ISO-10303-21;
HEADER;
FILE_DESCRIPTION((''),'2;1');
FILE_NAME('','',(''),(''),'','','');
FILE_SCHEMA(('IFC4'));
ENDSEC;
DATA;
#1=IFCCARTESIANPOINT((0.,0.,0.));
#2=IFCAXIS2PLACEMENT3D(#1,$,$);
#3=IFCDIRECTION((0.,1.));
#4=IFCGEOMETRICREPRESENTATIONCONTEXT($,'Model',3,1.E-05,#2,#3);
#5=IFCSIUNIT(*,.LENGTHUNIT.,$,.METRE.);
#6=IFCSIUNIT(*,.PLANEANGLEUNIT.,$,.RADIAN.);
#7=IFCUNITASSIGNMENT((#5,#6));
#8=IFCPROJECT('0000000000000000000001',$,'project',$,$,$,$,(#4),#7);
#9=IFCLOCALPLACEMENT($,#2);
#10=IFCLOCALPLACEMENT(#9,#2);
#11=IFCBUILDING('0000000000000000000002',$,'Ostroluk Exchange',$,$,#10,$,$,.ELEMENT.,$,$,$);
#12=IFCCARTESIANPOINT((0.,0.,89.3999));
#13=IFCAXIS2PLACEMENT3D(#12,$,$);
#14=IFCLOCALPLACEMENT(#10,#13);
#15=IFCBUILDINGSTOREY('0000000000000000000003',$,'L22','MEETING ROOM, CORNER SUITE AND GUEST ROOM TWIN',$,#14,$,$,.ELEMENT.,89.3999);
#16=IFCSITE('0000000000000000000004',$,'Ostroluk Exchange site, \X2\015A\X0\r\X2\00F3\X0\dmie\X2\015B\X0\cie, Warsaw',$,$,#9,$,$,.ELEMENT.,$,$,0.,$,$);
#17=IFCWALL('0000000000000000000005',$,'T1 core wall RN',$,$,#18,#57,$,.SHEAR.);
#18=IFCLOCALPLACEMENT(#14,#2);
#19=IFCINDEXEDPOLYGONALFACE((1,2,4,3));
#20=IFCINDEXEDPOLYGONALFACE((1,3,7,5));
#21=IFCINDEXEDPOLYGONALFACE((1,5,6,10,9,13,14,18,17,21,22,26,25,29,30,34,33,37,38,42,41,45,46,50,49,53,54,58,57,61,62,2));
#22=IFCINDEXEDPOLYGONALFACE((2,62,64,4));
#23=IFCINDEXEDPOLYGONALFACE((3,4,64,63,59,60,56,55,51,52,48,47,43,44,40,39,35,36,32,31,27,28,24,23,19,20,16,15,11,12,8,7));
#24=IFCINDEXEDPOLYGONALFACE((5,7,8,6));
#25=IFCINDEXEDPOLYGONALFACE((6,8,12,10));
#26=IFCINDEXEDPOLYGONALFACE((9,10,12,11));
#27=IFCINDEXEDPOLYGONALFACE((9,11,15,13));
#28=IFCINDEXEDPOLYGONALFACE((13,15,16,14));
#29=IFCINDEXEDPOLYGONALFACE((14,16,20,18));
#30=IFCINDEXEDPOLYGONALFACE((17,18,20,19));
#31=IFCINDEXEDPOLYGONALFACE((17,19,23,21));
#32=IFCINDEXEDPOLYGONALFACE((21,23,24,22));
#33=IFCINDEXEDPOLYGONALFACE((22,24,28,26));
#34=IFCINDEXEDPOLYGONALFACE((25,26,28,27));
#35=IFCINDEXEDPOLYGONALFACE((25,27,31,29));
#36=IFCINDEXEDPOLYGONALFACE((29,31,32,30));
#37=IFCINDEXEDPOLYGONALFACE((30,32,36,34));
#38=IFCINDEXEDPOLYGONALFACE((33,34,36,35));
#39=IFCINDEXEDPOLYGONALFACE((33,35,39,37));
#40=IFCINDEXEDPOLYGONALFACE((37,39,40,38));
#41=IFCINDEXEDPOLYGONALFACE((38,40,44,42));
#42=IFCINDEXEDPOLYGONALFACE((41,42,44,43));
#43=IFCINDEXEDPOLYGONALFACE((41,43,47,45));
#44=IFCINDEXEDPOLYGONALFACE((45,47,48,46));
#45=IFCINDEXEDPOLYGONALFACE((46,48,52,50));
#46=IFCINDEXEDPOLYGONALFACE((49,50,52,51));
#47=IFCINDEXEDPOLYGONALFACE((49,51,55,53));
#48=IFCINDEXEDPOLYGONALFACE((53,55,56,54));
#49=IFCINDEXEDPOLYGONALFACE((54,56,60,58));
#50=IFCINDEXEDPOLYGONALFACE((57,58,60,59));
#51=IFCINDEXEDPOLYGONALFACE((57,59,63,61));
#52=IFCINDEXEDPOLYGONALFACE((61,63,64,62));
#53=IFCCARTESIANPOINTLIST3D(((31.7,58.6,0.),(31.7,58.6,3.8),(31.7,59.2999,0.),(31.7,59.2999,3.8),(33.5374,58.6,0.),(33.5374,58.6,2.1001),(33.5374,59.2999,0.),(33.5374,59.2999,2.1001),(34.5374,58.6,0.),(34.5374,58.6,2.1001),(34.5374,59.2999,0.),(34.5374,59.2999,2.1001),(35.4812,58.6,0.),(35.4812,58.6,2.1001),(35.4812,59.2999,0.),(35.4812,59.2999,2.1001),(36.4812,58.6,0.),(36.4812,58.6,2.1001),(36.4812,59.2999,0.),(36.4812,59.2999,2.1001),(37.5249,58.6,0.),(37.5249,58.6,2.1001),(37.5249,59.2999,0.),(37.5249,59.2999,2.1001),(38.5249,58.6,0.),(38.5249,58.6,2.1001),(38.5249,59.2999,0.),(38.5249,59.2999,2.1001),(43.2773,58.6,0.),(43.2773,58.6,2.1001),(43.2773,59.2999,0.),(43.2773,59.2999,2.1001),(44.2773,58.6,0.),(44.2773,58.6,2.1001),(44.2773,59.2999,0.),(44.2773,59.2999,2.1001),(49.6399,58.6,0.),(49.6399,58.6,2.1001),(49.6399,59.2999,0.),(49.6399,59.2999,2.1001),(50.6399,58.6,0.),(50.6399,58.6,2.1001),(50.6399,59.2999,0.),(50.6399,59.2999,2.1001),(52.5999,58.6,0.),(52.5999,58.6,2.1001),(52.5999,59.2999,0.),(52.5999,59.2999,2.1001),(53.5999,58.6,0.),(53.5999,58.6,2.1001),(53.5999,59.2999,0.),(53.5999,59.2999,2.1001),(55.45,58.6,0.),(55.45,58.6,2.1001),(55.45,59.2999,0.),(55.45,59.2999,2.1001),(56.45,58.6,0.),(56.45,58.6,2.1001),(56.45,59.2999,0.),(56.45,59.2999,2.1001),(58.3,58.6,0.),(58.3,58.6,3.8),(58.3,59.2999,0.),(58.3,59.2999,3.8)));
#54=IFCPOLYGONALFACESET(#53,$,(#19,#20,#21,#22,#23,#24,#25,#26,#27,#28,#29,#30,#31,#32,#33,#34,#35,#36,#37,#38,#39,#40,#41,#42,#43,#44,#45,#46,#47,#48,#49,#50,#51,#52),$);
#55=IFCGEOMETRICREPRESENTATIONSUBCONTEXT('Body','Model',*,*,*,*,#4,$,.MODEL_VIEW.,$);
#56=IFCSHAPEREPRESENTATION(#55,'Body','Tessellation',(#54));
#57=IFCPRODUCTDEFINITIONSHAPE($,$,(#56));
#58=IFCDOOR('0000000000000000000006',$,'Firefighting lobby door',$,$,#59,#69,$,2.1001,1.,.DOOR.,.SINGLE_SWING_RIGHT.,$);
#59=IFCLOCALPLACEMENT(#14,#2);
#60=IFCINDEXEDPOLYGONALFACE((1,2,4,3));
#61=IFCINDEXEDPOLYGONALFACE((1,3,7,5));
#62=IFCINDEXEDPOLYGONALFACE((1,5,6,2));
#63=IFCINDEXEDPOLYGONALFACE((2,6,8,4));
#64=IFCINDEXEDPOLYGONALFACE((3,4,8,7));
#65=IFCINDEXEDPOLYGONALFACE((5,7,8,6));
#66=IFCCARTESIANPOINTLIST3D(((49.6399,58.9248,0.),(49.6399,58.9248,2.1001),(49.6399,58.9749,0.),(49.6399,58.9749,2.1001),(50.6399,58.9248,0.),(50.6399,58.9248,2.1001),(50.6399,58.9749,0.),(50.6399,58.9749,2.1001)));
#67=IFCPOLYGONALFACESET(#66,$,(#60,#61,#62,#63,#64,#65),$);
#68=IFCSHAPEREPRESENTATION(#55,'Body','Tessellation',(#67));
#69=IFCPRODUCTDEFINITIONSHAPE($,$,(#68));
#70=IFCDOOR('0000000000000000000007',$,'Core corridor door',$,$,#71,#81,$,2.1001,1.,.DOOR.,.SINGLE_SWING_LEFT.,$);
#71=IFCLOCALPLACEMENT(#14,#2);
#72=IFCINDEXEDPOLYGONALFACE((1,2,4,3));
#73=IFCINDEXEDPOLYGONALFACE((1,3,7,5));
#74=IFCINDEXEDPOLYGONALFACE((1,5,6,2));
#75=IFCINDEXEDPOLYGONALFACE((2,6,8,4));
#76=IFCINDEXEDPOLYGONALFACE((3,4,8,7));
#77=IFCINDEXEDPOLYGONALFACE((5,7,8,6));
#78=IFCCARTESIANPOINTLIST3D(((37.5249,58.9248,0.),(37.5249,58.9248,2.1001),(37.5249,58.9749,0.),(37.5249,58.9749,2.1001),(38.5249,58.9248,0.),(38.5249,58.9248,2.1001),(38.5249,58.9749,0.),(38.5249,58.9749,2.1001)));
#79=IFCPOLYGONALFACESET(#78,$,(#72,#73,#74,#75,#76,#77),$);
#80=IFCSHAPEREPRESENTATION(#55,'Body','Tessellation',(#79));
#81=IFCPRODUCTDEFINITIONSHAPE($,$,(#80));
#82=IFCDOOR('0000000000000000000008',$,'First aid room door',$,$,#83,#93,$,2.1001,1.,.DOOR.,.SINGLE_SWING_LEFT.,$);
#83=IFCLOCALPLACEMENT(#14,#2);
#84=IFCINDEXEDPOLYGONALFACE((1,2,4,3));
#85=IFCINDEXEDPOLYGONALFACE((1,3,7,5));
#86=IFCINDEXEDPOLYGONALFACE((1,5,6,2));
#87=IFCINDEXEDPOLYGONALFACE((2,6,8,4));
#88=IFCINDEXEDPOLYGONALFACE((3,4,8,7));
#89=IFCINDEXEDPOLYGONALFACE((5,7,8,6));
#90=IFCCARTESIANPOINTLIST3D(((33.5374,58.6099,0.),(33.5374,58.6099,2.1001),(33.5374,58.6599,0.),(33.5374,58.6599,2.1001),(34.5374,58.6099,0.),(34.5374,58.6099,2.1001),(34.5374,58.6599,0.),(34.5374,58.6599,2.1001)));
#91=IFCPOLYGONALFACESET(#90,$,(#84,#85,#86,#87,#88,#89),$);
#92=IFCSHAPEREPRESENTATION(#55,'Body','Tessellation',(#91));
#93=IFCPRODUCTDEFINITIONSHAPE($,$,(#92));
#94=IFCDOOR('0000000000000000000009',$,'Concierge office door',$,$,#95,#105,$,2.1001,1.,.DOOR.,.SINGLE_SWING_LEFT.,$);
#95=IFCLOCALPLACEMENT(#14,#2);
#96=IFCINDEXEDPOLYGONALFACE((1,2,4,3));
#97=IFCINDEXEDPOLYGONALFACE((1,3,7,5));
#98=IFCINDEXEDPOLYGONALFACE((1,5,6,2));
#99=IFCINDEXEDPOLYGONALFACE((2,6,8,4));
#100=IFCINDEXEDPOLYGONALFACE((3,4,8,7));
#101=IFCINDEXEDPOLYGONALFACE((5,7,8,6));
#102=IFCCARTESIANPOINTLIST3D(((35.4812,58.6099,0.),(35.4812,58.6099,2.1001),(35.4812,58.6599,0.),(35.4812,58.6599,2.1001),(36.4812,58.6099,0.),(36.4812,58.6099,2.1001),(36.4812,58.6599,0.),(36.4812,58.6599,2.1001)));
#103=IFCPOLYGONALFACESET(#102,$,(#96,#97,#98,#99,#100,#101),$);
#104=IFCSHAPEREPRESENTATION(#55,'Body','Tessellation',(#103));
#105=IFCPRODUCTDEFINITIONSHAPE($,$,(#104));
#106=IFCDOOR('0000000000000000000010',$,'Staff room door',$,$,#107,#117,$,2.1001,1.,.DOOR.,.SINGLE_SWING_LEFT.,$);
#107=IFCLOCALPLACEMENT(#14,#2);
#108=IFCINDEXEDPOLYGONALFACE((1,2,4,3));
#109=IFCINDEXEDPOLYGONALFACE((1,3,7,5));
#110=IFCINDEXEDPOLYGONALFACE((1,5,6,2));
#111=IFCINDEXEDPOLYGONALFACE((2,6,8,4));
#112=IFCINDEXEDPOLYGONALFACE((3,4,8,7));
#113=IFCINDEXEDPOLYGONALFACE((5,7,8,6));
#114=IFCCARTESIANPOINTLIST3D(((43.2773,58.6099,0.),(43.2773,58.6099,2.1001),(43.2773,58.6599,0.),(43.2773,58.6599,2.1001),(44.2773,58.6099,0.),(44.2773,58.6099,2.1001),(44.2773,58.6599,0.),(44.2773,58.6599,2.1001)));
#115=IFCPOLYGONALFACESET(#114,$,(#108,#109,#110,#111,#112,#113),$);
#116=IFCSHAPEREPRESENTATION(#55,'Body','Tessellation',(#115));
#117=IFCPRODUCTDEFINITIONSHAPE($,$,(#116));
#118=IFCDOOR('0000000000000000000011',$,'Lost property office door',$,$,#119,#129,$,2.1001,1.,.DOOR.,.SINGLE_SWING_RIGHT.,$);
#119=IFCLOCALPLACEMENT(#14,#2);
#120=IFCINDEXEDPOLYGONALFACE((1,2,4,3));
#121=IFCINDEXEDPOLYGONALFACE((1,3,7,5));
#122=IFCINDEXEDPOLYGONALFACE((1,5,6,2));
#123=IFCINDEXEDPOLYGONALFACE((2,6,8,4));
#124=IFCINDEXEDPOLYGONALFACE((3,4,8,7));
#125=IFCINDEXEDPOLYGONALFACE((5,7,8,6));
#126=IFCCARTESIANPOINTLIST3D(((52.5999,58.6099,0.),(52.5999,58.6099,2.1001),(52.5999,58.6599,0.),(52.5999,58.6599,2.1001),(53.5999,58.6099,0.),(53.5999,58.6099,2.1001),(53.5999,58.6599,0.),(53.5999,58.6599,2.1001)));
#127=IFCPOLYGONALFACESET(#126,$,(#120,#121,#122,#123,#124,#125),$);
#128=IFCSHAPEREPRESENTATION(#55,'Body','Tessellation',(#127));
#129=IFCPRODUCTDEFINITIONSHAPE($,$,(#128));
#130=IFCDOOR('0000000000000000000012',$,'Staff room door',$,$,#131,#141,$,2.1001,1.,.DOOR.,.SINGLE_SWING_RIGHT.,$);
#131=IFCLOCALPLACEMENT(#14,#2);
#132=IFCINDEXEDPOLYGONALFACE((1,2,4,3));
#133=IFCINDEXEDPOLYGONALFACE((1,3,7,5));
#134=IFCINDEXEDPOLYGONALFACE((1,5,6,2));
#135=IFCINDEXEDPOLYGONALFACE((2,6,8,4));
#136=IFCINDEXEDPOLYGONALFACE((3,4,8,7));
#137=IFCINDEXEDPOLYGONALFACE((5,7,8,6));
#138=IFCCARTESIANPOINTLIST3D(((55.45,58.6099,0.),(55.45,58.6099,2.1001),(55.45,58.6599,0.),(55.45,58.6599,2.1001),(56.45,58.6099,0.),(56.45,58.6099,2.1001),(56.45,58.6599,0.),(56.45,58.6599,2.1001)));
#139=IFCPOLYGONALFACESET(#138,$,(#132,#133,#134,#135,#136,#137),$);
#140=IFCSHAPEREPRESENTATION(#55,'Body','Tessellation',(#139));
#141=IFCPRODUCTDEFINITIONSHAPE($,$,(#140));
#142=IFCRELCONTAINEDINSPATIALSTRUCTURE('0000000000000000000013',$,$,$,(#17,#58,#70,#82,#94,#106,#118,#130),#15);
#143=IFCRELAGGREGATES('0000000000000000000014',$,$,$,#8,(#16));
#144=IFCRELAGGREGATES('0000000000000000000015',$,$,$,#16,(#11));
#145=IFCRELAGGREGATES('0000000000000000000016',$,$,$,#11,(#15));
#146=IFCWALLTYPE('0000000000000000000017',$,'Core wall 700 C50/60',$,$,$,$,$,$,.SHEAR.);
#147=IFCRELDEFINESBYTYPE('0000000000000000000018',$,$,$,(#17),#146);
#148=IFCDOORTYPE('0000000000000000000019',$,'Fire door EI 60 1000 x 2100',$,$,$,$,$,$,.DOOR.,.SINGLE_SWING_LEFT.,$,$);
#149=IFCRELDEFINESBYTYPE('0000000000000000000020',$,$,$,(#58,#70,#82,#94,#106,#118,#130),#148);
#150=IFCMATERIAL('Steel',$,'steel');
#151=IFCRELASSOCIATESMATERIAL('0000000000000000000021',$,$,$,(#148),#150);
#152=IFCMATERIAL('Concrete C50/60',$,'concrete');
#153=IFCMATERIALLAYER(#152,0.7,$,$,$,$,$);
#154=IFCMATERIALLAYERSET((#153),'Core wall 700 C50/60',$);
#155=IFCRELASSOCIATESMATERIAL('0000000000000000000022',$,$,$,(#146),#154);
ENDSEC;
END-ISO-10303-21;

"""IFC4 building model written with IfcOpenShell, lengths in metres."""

from ifc_helpers import new_model, si_unit, direction, frame, frame_2d, origin, place, context, subcontext, project, spatial, rectangle, extrude, material, layer, layer_set, type_object, element, fill, save


model = new_model("IFC4")

# Units and contexts
model_context = context("Model", 3, precision=1e-05, world=origin(), true_north=direction((0.0, 1.0)))
body_context = subcontext(model_context, "Body", "Model", "MODEL_VIEW")
ifc_project = project(units=[si_unit("LENGTHUNIT", "METRE"), si_unit("PLANEANGLEUNIT", "RADIAN")], contexts=[model_context])

# Site, building, storey
site_placement = place(None, origin())
site = spatial("IfcSite", under=ifc_project, at=site_placement, Name="Ostroluk Exchange site, Śródmieście, Warsaw", CompositionType="ELEMENT", RefElevation=0.0)
building_placement = place(site_placement, origin())
building = spatial("IfcBuilding", under=site, at=building_placement, Name="Ostroluk Exchange", CompositionType="ELEMENT")
storey_placement = place(building_placement, frame((0.0, 0.0, 89.3999)))
storey = spatial("IfcBuildingStorey", under=building, at=storey_placement, Name="L22", Description="MEETING ROOM, CORNER SUITE AND GUEST ROOM TWIN", CompositionType="ELEMENT", Elevation=89.3999)

# Wall, openings, doors
ifc_material_1 = material(Name="Steel", Category="steel")
door_type = type_object("IfcDoorType", Name="Fire door EI 60 1000 x 2100", OperationType="SINGLE_SWING_LEFT", PredefinedType="DOOR", material=ifc_material_1)
ifc_material_2 = material(Name="Concrete C50/60", Category="concrete")
ifc_layer_1 = layer(ifc_material_2, 0.7)
ifc_layer_set_1 = layer_set([ifc_layer_1], Name="Core wall 700 C50/60")
wall_type_1 = type_object("IfcWallType", Name="Core wall 700 C50/60", PredefinedType="SHEAR", material=ifc_layer_set_1)
wall_1_placement = place(storey_placement, frame((31.7, 58.95, 0.0), z_axis=(0.0, 0.0, 1.0), x_axis=(1.0, 0.0, 0.0)))
wall_1 = element("IfcWall", 1, at=wall_1_placement, inside=storey, type_object=wall_type_1, Name="T1 core wall RN", PredefinedType="SHEAR", context=body_context, shape_type="SweptSolid", body=[
    extrude(rectangle(XDim=26.6001, YDim=0.7, at=frame_2d((13.3, 0.0))), origin(), (0.0, 0.0, 1.0), 3.8),
])
opening_1_placement = place(wall_1_placement, frame((17.9399, 0.0, 0.0)))
opening_1 = element("IfcOpeningElement", 2, at=opening_1_placement, cuts=wall_1, PredefinedType="OPENING", context=body_context, shape_type="SweptSolid", body=[
    extrude(rectangle(XDim=1.0, YDim=2.1001, at=frame_2d((0.5, 1.05))), frame((0.0, 0.3599, 0.0), z_axis=(0.0, -1.0, 0.0), x_axis=(1.0, 0.0, 0.0)), (0.0, 0.0, 1.0), 0.72),
])
opening_2_placement = place(wall_1_placement, frame((5.825, 0.0, 0.0)))
opening_2 = element("IfcOpeningElement", 3, at=opening_2_placement, cuts=wall_1, PredefinedType="OPENING", context=body_context, shape_type="SweptSolid", body=[
    extrude(rectangle(XDim=1.0, YDim=2.1001, at=frame_2d((0.5, 1.05))), frame((0.0, 0.3599, 0.0), z_axis=(0.0, -1.0, 0.0), x_axis=(1.0, 0.0, 0.0)), (0.0, 0.0, 1.0), 0.72),
])
opening_3_placement = place(wall_1_placement, frame((1.8374, 0.0, 0.0)))
opening_3 = element("IfcOpeningElement", 4, at=opening_3_placement, cuts=wall_1, PredefinedType="OPENING", context=body_context, shape_type="SweptSolid", body=[
    extrude(rectangle(XDim=1.0, YDim=2.1001, at=frame_2d((0.5, 1.05))), frame((0.0, 0.3599, 0.0), z_axis=(0.0, -1.0, 0.0), x_axis=(1.0, 0.0, 0.0)), (0.0, 0.0, 1.0), 0.72),
])
opening_4_placement = place(wall_1_placement, frame((3.7812, 0.0, 0.0)))
opening_4 = element("IfcOpeningElement", 5, at=opening_4_placement, cuts=wall_1, PredefinedType="OPENING", context=body_context, shape_type="SweptSolid", body=[
    extrude(rectangle(XDim=1.0, YDim=2.1001, at=frame_2d((0.5, 1.05))), frame((0.0, 0.3599, 0.0), z_axis=(0.0, -1.0, 0.0), x_axis=(1.0, 0.0, 0.0)), (0.0, 0.0, 1.0), 0.72),
])
opening_5_placement = place(wall_1_placement, frame((11.5774, 0.0, 0.0)))
opening_5 = element("IfcOpeningElement", 6, at=opening_5_placement, cuts=wall_1, PredefinedType="OPENING", context=body_context, shape_type="SweptSolid", body=[
    extrude(rectangle(XDim=1.0, YDim=2.1001, at=frame_2d((0.5, 1.05))), frame((0.0, 0.3599, 0.0), z_axis=(0.0, -1.0, 0.0), x_axis=(1.0, 0.0, 0.0)), (0.0, 0.0, 1.0), 0.72),
])
opening_6_placement = place(wall_1_placement, frame((20.8999, 0.0, 0.0)))
opening_6 = element("IfcOpeningElement", 7, at=opening_6_placement, cuts=wall_1, PredefinedType="OPENING", context=body_context, shape_type="SweptSolid", body=[
    extrude(rectangle(XDim=1.0, YDim=2.1001, at=frame_2d((0.5, 1.05))), frame((0.0, 0.3599, 0.0), z_axis=(0.0, -1.0, 0.0), x_axis=(1.0, 0.0, 0.0)), (0.0, 0.0, 1.0), 0.72),
])
opening_7_placement = place(wall_1_placement, frame((23.75, 0.0, 0.0)))
opening_7 = element("IfcOpeningElement", 8, at=opening_7_placement, cuts=wall_1, PredefinedType="OPENING", context=body_context, shape_type="SweptSolid", body=[
    extrude(rectangle(XDim=1.0, YDim=2.1001, at=frame_2d((0.5, 1.05))), frame((0.0, 0.3599, 0.0), z_axis=(0.0, -1.0, 0.0), x_axis=(1.0, 0.0, 0.0)), (0.0, 0.0, 1.0), 0.72),
])
door_1_placement = place(opening_1_placement, origin())
door_1 = element("IfcDoor", 9, at=door_1_placement, inside=storey, type_object=door_type, Name="Firefighting lobby door", OperationType="SINGLE_SWING_RIGHT", OverallHeight=2.1001, OverallWidth=1.0, PredefinedType="DOOR", context=body_context, shape_type="SweptSolid", body=[
    extrude(rectangle(XDim=1.0, YDim=2.1001, at=frame_2d((0.5, 1.05))), frame((0.0, 0.0249, 0.0), z_axis=(0.0, -1.0, 0.0), x_axis=(1.0, 0.0, 0.0)), (0.0, 0.0, 1.0), 0.05),
])
fill(opening_1, door_1)
door_2_placement = place(opening_2_placement, origin())
door_2 = element("IfcDoor", 10, at=door_2_placement, inside=storey, type_object=door_type, Name="Core corridor door", OperationType="SINGLE_SWING_LEFT", OverallHeight=2.1001, OverallWidth=1.0, PredefinedType="DOOR", context=body_context, shape_type="SweptSolid", body=[
    extrude(rectangle(XDim=1.0, YDim=2.1001, at=frame_2d((0.5, 1.05))), frame((0.0, 0.0249, 0.0), z_axis=(0.0, -1.0, 0.0), x_axis=(1.0, 0.0, 0.0)), (0.0, 0.0, 1.0), 0.05),
])
fill(opening_2, door_2)
door_3_placement = place(opening_3_placement, origin())
door_3 = element("IfcDoor", 11, at=door_3_placement, inside=storey, type_object=door_type, Name="First aid room door", OperationType="SINGLE_SWING_LEFT", OverallHeight=2.1001, OverallWidth=1.0, PredefinedType="DOOR", context=body_context, shape_type="SweptSolid", body=[
    extrude(rectangle(XDim=1.0, YDim=2.1001, at=frame_2d((0.5, 1.05))), frame((0.0, -0.29, 0.0), z_axis=(0.0, -1.0, 0.0), x_axis=(1.0, 0.0, 0.0)), (0.0, 0.0, 1.0), 0.05),
])
fill(opening_3, door_3)
door_4_placement = place(opening_4_placement, origin())
door_4 = element("IfcDoor", 12, at=door_4_placement, inside=storey, type_object=door_type, Name="Concierge office door", OperationType="SINGLE_SWING_LEFT", OverallHeight=2.1001, OverallWidth=1.0, PredefinedType="DOOR", context=body_context, shape_type="SweptSolid", body=[
    extrude(rectangle(XDim=1.0, YDim=2.1001, at=frame_2d((0.5, 1.05))), frame((0.0, -0.29, 0.0), z_axis=(0.0, -1.0, 0.0), x_axis=(1.0, 0.0, 0.0)), (0.0, 0.0, 1.0), 0.05),
])
fill(opening_4, door_4)
door_5_placement = place(opening_5_placement, origin())
door_5 = element("IfcDoor", 13, at=door_5_placement, inside=storey, type_object=door_type, Name="Staff room door", OperationType="SINGLE_SWING_LEFT", OverallHeight=2.1001, OverallWidth=1.0, PredefinedType="DOOR", context=body_context, shape_type="SweptSolid", body=[
    extrude(rectangle(XDim=1.0, YDim=2.1001, at=frame_2d((0.5, 1.05))), frame((0.0, -0.29, 0.0), z_axis=(0.0, -1.0, 0.0), x_axis=(1.0, 0.0, 0.0)), (0.0, 0.0, 1.0), 0.05),
])
fill(opening_5, door_5)
door_6_placement = place(opening_6_placement, origin())
door_6 = element("IfcDoor", 14, at=door_6_placement, inside=storey, type_object=door_type, Name="Lost property office door", OperationType="SINGLE_SWING_RIGHT", OverallHeight=2.1001, OverallWidth=1.0, PredefinedType="DOOR", context=body_context, shape_type="SweptSolid", body=[
    extrude(rectangle(XDim=1.0, YDim=2.1001, at=frame_2d((0.5, 1.05))), frame((0.0, -0.29, 0.0), z_axis=(0.0, -1.0, 0.0), x_axis=(1.0, 0.0, 0.0)), (0.0, 0.0, 1.0), 0.05),
])
fill(opening_6, door_6)
door_7_placement = place(opening_7_placement, origin())
door_7 = element("IfcDoor", 15, at=door_7_placement, inside=storey, type_object=door_type, Name="Staff room door", OperationType="SINGLE_SWING_RIGHT", OverallHeight=2.1001, OverallWidth=1.0, PredefinedType="DOOR", context=body_context, shape_type="SweptSolid", body=[
    extrude(rectangle(XDim=1.0, YDim=2.1001, at=frame_2d((0.5, 1.05))), frame((0.0, -0.29, 0.0), z_axis=(0.0, -1.0, 0.0), x_axis=(1.0, 0.0, 0.0)), (0.0, 0.0, 1.0), 0.05),
])
fill(opening_7, door_7)

save(model, "model.ifc")
